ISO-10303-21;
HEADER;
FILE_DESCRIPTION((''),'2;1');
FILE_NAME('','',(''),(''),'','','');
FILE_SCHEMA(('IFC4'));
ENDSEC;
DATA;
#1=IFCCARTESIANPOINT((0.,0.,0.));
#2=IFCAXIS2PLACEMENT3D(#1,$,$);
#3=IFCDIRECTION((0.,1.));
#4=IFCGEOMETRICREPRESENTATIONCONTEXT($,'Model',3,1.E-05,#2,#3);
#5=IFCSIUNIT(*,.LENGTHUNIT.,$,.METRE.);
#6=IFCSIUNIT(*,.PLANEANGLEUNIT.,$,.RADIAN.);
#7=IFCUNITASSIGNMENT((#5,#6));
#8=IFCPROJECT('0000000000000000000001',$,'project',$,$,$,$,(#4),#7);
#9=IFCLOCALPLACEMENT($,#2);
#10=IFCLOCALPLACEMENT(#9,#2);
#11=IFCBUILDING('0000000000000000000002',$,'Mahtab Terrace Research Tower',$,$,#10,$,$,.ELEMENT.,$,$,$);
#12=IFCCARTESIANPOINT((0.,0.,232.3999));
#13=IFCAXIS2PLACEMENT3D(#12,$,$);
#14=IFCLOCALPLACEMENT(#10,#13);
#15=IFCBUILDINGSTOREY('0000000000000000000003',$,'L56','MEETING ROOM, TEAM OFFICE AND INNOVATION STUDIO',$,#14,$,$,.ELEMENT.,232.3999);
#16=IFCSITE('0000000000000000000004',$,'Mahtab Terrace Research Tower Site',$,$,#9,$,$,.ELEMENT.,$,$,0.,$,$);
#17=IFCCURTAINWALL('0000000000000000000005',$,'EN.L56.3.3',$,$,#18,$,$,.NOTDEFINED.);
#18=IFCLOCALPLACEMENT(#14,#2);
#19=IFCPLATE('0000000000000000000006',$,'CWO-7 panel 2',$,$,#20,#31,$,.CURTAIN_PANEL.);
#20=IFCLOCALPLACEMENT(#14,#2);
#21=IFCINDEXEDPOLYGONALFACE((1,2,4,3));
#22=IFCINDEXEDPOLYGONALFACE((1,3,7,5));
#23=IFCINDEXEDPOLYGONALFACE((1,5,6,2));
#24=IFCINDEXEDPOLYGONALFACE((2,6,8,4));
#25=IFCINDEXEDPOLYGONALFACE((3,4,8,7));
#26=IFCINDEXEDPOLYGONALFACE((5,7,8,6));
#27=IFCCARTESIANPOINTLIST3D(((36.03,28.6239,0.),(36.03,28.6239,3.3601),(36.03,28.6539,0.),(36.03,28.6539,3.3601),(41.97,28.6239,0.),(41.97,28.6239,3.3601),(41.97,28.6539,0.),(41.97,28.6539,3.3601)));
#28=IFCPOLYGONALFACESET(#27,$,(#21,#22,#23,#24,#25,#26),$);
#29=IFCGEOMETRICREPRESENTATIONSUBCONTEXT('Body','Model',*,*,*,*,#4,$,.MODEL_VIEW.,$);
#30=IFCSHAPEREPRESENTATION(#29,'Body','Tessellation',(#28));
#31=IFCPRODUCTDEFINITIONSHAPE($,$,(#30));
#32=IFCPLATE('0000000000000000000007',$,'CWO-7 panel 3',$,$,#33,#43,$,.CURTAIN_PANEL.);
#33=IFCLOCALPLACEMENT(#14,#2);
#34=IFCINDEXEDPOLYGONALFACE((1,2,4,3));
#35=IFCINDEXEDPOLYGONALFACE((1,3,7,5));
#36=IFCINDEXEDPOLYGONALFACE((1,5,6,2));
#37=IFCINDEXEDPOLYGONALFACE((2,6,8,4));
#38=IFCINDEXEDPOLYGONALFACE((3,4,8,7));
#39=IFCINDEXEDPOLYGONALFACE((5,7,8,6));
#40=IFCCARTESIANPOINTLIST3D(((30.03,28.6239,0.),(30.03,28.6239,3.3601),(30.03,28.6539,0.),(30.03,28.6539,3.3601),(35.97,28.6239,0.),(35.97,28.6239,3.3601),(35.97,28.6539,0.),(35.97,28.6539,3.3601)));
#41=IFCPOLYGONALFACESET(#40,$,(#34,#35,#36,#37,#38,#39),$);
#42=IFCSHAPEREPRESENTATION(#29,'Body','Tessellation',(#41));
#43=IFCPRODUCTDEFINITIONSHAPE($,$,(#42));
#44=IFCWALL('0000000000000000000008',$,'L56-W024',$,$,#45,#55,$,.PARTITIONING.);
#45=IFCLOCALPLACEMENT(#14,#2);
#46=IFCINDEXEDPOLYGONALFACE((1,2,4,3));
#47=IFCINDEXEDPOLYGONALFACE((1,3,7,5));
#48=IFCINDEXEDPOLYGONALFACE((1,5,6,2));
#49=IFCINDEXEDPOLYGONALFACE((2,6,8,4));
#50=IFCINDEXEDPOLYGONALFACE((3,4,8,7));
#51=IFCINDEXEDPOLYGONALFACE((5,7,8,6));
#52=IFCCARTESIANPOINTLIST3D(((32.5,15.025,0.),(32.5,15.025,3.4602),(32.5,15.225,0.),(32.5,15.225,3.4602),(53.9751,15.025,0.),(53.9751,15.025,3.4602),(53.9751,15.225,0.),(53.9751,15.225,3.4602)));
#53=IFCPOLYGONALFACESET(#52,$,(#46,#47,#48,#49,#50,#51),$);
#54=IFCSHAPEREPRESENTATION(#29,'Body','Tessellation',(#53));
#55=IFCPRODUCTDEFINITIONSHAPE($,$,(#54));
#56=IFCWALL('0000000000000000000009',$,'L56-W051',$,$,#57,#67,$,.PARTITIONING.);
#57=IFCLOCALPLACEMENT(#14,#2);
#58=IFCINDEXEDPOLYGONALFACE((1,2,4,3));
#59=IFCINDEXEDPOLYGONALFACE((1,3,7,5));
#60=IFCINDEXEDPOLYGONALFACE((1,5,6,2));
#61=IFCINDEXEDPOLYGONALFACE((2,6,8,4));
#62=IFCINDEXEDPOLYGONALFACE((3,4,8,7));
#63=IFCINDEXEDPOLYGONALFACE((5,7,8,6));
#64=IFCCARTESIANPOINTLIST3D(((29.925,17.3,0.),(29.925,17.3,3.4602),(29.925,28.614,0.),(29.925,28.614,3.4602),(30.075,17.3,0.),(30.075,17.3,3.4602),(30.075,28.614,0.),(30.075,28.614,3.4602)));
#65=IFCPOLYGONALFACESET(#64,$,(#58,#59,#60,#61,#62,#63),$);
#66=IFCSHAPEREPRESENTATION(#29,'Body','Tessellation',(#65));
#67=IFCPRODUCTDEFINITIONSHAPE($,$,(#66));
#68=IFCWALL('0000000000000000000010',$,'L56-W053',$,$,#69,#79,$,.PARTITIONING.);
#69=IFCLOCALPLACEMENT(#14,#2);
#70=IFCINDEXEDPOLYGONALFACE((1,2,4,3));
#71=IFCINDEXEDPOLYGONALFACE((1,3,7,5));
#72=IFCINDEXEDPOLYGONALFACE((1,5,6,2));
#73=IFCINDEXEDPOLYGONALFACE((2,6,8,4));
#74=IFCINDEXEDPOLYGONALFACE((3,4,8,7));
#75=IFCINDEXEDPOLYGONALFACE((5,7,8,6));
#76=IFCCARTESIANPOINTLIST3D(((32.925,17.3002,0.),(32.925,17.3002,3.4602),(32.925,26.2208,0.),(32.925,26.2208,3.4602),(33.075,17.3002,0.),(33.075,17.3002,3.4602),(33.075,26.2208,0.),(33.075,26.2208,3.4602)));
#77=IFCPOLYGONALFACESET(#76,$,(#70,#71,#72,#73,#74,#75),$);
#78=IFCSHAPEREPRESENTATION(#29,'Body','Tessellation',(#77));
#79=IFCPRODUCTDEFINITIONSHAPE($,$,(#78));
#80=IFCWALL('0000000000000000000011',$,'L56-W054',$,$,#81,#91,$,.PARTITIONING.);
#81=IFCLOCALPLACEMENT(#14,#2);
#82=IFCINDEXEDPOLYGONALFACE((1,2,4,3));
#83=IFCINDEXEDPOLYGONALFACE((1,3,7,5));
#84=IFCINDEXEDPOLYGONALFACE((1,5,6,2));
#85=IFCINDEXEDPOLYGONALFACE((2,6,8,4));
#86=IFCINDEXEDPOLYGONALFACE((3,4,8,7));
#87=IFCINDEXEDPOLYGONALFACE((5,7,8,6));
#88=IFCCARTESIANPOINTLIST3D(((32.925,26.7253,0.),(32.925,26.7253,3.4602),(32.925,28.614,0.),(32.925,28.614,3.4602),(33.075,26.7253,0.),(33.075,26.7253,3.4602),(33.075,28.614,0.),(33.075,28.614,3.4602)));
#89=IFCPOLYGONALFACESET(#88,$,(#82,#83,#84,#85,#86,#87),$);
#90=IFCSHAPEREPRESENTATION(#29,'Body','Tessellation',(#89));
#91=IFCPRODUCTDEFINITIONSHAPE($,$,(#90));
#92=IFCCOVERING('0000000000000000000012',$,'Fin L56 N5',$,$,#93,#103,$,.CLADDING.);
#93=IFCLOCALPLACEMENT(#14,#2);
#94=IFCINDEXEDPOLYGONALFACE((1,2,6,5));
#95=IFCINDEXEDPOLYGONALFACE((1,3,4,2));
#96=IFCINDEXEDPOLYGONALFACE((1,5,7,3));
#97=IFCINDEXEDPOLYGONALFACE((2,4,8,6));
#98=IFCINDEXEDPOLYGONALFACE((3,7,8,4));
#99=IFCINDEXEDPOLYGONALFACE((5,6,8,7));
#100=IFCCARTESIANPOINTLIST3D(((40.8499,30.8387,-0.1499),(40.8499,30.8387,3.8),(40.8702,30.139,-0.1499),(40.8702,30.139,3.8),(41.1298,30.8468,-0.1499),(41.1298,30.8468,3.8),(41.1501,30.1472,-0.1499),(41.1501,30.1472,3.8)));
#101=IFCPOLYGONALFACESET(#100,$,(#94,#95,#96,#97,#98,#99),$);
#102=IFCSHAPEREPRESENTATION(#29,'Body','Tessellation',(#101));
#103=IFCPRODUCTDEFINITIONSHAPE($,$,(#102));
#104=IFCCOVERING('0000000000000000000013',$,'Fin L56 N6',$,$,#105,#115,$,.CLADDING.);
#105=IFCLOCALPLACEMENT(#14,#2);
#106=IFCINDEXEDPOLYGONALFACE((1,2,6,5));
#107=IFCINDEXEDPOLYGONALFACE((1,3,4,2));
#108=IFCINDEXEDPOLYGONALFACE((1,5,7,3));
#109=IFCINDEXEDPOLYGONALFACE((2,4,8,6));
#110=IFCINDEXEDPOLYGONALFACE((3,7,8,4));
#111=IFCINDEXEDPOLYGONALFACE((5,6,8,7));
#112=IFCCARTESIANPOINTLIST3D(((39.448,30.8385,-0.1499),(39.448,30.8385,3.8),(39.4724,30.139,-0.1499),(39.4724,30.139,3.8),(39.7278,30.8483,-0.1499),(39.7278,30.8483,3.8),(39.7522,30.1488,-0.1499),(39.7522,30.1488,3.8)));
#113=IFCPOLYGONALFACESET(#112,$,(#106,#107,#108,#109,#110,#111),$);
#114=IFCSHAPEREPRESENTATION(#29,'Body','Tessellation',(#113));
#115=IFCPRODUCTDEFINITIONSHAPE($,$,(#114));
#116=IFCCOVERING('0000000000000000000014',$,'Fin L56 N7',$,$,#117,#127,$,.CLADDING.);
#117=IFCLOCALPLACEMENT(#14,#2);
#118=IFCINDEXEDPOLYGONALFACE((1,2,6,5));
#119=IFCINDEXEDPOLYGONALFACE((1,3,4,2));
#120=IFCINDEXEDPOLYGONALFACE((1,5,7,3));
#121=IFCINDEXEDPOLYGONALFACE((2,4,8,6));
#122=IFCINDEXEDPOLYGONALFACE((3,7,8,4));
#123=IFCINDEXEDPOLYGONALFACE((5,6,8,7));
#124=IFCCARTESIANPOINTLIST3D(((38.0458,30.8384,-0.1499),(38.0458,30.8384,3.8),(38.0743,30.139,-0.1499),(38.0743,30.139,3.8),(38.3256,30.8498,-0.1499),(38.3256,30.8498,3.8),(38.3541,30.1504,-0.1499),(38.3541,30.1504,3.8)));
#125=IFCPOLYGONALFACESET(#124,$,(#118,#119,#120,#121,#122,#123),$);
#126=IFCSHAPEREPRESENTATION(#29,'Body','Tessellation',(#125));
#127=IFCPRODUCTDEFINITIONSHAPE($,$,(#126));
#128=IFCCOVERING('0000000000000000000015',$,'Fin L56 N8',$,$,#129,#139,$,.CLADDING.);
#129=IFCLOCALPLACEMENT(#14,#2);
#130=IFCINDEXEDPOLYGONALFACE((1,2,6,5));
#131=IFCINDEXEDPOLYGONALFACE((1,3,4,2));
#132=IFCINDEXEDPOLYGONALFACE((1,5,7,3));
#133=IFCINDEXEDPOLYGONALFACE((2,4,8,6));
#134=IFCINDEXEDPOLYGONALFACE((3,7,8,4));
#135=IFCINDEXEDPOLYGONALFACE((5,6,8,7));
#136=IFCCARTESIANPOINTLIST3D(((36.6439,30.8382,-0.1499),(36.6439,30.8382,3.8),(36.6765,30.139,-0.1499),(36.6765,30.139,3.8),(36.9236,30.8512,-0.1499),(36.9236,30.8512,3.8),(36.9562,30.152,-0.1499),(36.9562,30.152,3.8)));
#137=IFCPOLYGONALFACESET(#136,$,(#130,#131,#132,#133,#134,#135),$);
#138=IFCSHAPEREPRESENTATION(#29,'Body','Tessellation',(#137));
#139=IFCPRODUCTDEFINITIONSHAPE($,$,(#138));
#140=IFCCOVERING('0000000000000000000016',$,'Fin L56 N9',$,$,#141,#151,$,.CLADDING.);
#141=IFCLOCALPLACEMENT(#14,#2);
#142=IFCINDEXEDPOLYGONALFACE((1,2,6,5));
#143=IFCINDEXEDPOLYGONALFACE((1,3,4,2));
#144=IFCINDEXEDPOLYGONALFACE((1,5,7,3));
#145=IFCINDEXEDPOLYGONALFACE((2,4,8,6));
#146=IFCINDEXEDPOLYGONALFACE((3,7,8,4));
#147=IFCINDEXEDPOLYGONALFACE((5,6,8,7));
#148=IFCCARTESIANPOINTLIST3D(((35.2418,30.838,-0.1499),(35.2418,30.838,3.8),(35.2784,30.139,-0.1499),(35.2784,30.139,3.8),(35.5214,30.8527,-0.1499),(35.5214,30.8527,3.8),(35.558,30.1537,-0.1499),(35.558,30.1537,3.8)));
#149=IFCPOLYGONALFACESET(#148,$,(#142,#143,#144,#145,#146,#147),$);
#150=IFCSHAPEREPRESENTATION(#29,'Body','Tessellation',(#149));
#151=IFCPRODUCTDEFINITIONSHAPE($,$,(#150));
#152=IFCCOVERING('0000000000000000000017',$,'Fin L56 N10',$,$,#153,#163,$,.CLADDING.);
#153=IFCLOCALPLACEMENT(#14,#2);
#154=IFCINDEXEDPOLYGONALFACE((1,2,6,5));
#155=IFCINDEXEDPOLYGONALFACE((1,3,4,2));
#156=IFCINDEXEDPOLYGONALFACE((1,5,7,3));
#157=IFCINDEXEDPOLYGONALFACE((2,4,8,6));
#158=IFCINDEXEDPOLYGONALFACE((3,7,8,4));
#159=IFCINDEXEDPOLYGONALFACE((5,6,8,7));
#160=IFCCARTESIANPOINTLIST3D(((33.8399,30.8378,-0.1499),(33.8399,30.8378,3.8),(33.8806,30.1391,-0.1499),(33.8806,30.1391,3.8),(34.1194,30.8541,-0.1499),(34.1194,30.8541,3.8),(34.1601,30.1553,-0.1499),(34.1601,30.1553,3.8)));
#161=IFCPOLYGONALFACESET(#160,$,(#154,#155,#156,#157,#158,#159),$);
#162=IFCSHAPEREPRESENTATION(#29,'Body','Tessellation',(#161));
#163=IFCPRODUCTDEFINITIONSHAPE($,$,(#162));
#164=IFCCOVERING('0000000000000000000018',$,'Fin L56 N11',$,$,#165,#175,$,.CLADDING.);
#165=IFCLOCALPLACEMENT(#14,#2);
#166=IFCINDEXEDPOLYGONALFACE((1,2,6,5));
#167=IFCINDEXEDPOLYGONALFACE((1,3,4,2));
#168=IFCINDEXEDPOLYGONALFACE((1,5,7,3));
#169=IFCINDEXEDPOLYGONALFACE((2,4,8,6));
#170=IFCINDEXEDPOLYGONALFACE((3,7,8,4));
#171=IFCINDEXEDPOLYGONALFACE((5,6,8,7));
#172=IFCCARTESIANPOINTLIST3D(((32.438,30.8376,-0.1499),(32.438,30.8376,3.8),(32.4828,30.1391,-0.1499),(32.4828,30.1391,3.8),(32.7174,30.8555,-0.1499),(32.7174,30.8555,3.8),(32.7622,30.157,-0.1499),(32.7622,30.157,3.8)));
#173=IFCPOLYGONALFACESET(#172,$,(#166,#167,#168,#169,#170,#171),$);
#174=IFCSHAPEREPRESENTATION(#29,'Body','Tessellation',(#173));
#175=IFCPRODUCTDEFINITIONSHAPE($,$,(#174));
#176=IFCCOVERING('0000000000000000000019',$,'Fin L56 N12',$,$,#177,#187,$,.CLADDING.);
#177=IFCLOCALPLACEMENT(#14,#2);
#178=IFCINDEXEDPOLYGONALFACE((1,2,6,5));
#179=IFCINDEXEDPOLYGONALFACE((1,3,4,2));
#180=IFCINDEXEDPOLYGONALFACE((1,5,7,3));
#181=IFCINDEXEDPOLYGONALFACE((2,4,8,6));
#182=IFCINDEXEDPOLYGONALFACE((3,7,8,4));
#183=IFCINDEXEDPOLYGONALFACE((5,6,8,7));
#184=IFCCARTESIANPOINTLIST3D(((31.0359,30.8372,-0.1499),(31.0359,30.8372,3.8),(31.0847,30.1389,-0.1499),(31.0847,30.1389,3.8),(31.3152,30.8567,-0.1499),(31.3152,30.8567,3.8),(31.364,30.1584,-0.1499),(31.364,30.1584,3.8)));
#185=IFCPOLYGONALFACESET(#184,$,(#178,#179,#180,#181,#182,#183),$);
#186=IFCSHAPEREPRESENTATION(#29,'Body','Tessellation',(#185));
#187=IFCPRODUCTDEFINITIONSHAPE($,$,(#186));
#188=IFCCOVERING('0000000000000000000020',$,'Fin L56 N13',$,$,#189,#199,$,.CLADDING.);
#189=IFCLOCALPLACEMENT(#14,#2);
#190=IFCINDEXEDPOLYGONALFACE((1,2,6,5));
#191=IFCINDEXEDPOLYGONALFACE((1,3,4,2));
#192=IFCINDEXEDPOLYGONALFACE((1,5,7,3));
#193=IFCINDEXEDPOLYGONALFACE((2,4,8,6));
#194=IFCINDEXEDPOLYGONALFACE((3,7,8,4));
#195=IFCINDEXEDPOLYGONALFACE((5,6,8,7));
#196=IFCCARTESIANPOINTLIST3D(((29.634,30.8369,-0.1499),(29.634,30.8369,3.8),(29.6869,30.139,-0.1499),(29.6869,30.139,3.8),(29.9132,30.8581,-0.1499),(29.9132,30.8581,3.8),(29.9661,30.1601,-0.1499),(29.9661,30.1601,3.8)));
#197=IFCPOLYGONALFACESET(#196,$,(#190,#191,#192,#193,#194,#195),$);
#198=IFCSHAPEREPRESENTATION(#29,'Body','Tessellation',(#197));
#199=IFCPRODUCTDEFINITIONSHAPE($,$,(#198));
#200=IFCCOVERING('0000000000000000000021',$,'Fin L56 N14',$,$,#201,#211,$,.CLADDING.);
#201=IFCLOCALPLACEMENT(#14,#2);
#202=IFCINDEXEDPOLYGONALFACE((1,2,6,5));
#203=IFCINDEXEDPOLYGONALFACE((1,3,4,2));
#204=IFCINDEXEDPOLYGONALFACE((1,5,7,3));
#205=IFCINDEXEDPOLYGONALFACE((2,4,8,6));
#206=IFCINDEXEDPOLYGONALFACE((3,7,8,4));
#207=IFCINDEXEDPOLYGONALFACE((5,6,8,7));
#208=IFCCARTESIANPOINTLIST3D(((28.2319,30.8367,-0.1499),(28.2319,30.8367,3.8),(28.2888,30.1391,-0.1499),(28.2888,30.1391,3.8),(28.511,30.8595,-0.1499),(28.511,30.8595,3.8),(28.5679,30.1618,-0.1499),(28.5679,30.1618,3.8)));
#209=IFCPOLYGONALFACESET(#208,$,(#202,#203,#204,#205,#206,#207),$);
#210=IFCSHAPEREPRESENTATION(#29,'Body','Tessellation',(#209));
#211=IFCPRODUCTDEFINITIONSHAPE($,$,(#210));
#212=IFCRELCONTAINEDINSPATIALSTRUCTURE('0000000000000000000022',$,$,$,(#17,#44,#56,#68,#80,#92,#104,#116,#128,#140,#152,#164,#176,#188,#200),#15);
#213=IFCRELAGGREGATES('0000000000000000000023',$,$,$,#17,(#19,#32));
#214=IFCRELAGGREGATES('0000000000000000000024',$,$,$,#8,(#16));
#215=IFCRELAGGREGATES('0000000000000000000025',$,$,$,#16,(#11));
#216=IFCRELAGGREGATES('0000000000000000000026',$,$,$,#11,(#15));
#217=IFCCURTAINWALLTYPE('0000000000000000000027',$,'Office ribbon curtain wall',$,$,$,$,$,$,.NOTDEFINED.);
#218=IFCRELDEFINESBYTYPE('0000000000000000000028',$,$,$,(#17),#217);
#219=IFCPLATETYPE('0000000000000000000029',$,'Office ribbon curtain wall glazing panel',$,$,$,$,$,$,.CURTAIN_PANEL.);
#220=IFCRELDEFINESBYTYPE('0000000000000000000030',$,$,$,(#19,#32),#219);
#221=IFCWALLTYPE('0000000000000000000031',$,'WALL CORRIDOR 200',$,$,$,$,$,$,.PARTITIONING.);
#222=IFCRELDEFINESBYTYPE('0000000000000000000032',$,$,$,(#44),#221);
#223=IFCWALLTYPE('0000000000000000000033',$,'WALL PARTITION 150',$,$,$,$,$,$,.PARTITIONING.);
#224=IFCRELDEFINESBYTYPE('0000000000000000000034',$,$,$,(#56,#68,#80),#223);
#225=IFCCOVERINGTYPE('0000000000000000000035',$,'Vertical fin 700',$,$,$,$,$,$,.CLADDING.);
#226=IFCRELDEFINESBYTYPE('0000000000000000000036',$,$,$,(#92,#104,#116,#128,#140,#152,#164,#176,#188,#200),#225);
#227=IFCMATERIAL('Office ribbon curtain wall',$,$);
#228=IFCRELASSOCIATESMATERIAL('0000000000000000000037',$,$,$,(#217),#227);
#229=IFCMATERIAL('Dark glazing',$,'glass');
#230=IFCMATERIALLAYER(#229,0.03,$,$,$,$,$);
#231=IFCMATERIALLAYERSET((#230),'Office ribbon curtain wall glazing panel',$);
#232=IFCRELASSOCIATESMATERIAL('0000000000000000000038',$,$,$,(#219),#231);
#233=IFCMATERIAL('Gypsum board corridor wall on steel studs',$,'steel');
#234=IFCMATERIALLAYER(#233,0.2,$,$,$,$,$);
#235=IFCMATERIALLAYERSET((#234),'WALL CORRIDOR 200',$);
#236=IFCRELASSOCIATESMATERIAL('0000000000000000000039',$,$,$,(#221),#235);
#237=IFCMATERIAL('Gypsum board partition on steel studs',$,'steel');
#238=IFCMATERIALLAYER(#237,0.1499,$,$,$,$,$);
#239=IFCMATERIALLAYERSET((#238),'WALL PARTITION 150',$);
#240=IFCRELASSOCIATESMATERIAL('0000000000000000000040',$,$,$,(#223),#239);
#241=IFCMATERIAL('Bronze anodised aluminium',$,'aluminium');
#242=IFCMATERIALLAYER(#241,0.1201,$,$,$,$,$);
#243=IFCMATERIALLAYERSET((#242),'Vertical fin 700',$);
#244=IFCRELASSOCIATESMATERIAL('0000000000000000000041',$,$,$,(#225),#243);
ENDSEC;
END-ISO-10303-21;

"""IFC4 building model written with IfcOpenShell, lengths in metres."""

from ifc_helpers import new_model, si_unit, direction, frame, frame_2d, origin, origin_2d, place, context, subcontext, project, spatial, rectangle, extrude, material, layer, layer_set, type_object, element, aggregate, save


model = new_model("IFC4")

# Units and contexts
model_context = context("Model", 3, precision=1e-05, world=origin(), true_north=direction((0.0, 1.0)))
body_context = subcontext(model_context, "Body", "Model", "MODEL_VIEW")
ifc_project = project(units=[si_unit("LENGTHUNIT", "METRE"), si_unit("PLANEANGLEUNIT", "RADIAN")], contexts=[model_context])

# Site, building, storey
site_placement = place(None, origin())
site = spatial("IfcSite", under=ifc_project, at=site_placement, Name="Mahtab Terrace Research Tower Site", CompositionType="ELEMENT", RefElevation=0.0)
building_placement = place(site_placement, origin())
building = spatial("IfcBuilding", under=site, at=building_placement, Name="Mahtab Terrace Research Tower", CompositionType="ELEMENT")
storey_placement = place(building_placement, frame((0.0, 0.0, 232.3999)))
storey = spatial("IfcBuildingStorey", under=building, at=storey_placement, Name="L56", Description="MEETING ROOM, TEAM OFFICE AND INNOVATION STUDIO", CompositionType="ELEMENT", Elevation=232.3999)

# Curtain wall
ifc_material_1 = material(Name="Office ribbon curtain wall")
curtain_wall_type = type_object("IfcCurtainWallType", Name="Office ribbon curtain wall", PredefinedType="NOTDEFINED", material=ifc_material_1)
curtain_wall_placement = place(storey_placement, origin())
curtain_wall = element("IfcCurtainWall", 1, at=curtain_wall_placement, inside=storey, type_object=curtain_wall_type, Name="EN.L56.3.3", PredefinedType="NOTDEFINED")

# Plates
ifc_material_2 = material(Name="Dark glazing", Category="glass")
ifc_layer_1 = layer(ifc_material_2, 0.03)
ifc_layer_set_1 = layer_set([ifc_layer_1], Name="Office ribbon curtain wall glazing panel")
plate_type = type_object("IfcPlateType", Name="Office ribbon curtain wall glazing panel", PredefinedType="CURTAIN_PANEL", material=ifc_layer_set_1)
plate_1_placement = place(storey_placement, frame((39.0, 28.6389, 0.0), z_axis=(0.0, 0.0, 1.0), x_axis=(-1.0, 0.0, 0.0)))
plate_1 = element("IfcPlate", 2, at=plate_1_placement, type_object=plate_type, Name="CWO-7 panel 2", PredefinedType="CURTAIN_PANEL", context=body_context, shape_type="SweptSolid", body=[
    extrude(rectangle(XDim=5.9399, YDim=0.03, at=origin_2d()), origin(), (0.0, 0.0, 1.0), 3.3601),
])
plate_2_placement = place(storey_placement, frame((33.0, 28.6389, 0.0), z_axis=(0.0, 0.0, 1.0), x_axis=(-1.0, 0.0, 0.0)))
plate_2 = element("IfcPlate", 3, at=plate_2_placement, type_object=plate_type, Name="CWO-7 panel 3", PredefinedType="CURTAIN_PANEL", context=body_context, shape_type="SweptSolid", body=[
    extrude(rectangle(XDim=5.9399, YDim=0.03, at=origin_2d()), origin(), (0.0, 0.0, 1.0), 3.3601),
])
aggregate(curtain_wall, [plate_1, plate_2])

# Walls
ifc_material_3 = material(Name="Gypsum board corridor wall on steel studs", Category="steel")
ifc_layer_2 = layer(ifc_material_3, 0.2)
ifc_layer_set_2 = layer_set([ifc_layer_2], Name="WALL CORRIDOR 200")
wall_type_1 = type_object("IfcWallType", Name="WALL CORRIDOR 200", PredefinedType="PARTITIONING", material=ifc_layer_set_2)
wall_1_placement = place(storey_placement, frame((32.5, 15.125, 0.0), z_axis=(0.0, 0.0, 1.0), x_axis=(1.0, 0.0, 0.0)))
element("IfcWall", 4, at=wall_1_placement, inside=storey, type_object=wall_type_1, Name="L56-W024", PredefinedType="PARTITIONING", context=body_context, shape_type="SweptSolid", body=[
    extrude(rectangle(XDim=21.4751, YDim=0.2, at=frame_2d((10.7375, 0.0))), origin(), (0.0, 0.0, 1.0), 3.4602),
])
ifc_material_4 = material(Name="Gypsum board partition on steel studs", Category="steel")
ifc_layer_3 = layer(ifc_material_4, 0.1499)
ifc_layer_set_3 = layer_set([ifc_layer_3], Name="WALL PARTITION 150")
wall_type_2 = type_object("IfcWallType", Name="WALL PARTITION 150", PredefinedType="PARTITIONING", material=ifc_layer_set_3)
wall_2_placement = place(storey_placement, frame((30.0, 17.3, 0.0), z_axis=(0.0, 0.0, 1.0), x_axis=(0.0, 1.0, 0.0)))
element("IfcWall", 5, at=wall_2_placement, inside=storey, type_object=wall_type_2, Name="L56-W051", PredefinedType="PARTITIONING", context=body_context, shape_type="SweptSolid", body=[
    extrude(rectangle(XDim=11.314, YDim=0.1499, at=frame_2d((5.657, 0.0))), origin(), (0.0, 0.0, 1.0), 3.4602),
])
wall_3_placement = place(storey_placement, frame((33.0, 17.3, 0.0), z_axis=(0.0, 0.0, 1.0), x_axis=(0.0, 1.0, 0.0)))
element("IfcWall", 6, at=wall_3_placement, inside=storey, type_object=wall_type_2, Name="L56-W053", PredefinedType="PARTITIONING", context=body_context, shape_type="SweptSolid", body=[
    extrude(rectangle(XDim=8.9207, YDim=0.1499, at=frame_2d((4.4604, 0.0))), origin(), (0.0, 0.0, 1.0), 3.4602),
])
wall_4_placement = place(storey_placement, frame((33.0, 26.7253, 0.0), z_axis=(0.0, 0.0, 1.0), x_axis=(0.0, 1.0, 0.0)))
element("IfcWall", 7, at=wall_4_placement, inside=storey, type_object=wall_type_2, Name="L56-W054", PredefinedType="PARTITIONING", context=body_context, shape_type="SweptSolid", body=[
    extrude(rectangle(XDim=1.8887, YDim=0.1499, at=frame_2d((0.9443, 0.0))), origin(), (0.0, 0.0, 1.0), 3.4602),
])

# Coverings
ifc_material_5 = material(Name="Bronze anodised aluminium", Category="aluminium")
ifc_layer_4 = layer(ifc_material_5, 0.1201)
ifc_layer_set_4 = layer_set([ifc_layer_4], Name="Vertical fin 700")
covering_type = type_object("IfcCoveringType", Name="Vertical fin 700", PredefinedType="CLADDING", material=ifc_layer_set_4)
for number, where, z_axis, x_axis, name in (
    (8, (41.0, 30.4929, -0.1499), (0.0, 0.0, 1.0), (-0.999577, -0.029085, 0.0), "Fin L56 N5"),
    (9, (39.6001, 30.4937, -0.1499), (0.0, 0.0, 1.0), (-0.999391, -0.034899, 0.0), "Fin L56 N6"),
    (10, (38.2, 30.4944, -0.1499), (0.0, 0.0, 1.0), (-0.999171, -0.040713, 0.0), "Fin L56 N7"),
    (11, (36.8, 30.4951, -0.1499), (0.0, 0.0, 1.0), (-0.998917, -0.046525, 0.0), "Fin L56 N8"),
    (12, (35.3999, 30.4958, -0.1499), (0.0, 0.0, 1.0), (-0.99863, -0.052336, 0.0), "Fin L56 N9"),
    (13, (34.0, 30.4966, -0.1499), (0.0, 0.0, 1.0), (-0.998308, -0.058145, 0.0), "Fin L56 N10"),
    (14, (32.6001, 30.4973, -0.1499), (0.0, 0.0, 1.0), (-0.997953, -0.063952, 0.0), "Fin L56 N11"),
    (15, (31.2, 30.4978, -0.1499), (0.0, 0.0, 1.0), (-0.997564, -0.069756, 0.0), "Fin L56 N12"),
    (16, (29.8, 30.4985, -0.1499), (0.0, 0.0, 1.0), (-0.997141, -0.075559, 0.0), "Fin L56 N13"),
    (17, (28.3999, 30.4993, -0.1499), (0.0, 0.0, 1.0), (-0.996685, -0.081359, 0.0), "Fin L56 N14"),
):
    element("IfcCovering", number, at=place(storey_placement, frame(where, z_axis=z_axis, x_axis=x_axis)), inside=storey, type_object=covering_type, Name=name, PredefinedType="CLADDING", context=body_context, shape_type="SweptSolid", body=[
        extrude(rectangle(XDim=0.28, YDim=0.7, at=origin_2d()), origin(), (0.0, 0.0, 1.0), 3.95),
    ])

save(model, "model.ifc")
